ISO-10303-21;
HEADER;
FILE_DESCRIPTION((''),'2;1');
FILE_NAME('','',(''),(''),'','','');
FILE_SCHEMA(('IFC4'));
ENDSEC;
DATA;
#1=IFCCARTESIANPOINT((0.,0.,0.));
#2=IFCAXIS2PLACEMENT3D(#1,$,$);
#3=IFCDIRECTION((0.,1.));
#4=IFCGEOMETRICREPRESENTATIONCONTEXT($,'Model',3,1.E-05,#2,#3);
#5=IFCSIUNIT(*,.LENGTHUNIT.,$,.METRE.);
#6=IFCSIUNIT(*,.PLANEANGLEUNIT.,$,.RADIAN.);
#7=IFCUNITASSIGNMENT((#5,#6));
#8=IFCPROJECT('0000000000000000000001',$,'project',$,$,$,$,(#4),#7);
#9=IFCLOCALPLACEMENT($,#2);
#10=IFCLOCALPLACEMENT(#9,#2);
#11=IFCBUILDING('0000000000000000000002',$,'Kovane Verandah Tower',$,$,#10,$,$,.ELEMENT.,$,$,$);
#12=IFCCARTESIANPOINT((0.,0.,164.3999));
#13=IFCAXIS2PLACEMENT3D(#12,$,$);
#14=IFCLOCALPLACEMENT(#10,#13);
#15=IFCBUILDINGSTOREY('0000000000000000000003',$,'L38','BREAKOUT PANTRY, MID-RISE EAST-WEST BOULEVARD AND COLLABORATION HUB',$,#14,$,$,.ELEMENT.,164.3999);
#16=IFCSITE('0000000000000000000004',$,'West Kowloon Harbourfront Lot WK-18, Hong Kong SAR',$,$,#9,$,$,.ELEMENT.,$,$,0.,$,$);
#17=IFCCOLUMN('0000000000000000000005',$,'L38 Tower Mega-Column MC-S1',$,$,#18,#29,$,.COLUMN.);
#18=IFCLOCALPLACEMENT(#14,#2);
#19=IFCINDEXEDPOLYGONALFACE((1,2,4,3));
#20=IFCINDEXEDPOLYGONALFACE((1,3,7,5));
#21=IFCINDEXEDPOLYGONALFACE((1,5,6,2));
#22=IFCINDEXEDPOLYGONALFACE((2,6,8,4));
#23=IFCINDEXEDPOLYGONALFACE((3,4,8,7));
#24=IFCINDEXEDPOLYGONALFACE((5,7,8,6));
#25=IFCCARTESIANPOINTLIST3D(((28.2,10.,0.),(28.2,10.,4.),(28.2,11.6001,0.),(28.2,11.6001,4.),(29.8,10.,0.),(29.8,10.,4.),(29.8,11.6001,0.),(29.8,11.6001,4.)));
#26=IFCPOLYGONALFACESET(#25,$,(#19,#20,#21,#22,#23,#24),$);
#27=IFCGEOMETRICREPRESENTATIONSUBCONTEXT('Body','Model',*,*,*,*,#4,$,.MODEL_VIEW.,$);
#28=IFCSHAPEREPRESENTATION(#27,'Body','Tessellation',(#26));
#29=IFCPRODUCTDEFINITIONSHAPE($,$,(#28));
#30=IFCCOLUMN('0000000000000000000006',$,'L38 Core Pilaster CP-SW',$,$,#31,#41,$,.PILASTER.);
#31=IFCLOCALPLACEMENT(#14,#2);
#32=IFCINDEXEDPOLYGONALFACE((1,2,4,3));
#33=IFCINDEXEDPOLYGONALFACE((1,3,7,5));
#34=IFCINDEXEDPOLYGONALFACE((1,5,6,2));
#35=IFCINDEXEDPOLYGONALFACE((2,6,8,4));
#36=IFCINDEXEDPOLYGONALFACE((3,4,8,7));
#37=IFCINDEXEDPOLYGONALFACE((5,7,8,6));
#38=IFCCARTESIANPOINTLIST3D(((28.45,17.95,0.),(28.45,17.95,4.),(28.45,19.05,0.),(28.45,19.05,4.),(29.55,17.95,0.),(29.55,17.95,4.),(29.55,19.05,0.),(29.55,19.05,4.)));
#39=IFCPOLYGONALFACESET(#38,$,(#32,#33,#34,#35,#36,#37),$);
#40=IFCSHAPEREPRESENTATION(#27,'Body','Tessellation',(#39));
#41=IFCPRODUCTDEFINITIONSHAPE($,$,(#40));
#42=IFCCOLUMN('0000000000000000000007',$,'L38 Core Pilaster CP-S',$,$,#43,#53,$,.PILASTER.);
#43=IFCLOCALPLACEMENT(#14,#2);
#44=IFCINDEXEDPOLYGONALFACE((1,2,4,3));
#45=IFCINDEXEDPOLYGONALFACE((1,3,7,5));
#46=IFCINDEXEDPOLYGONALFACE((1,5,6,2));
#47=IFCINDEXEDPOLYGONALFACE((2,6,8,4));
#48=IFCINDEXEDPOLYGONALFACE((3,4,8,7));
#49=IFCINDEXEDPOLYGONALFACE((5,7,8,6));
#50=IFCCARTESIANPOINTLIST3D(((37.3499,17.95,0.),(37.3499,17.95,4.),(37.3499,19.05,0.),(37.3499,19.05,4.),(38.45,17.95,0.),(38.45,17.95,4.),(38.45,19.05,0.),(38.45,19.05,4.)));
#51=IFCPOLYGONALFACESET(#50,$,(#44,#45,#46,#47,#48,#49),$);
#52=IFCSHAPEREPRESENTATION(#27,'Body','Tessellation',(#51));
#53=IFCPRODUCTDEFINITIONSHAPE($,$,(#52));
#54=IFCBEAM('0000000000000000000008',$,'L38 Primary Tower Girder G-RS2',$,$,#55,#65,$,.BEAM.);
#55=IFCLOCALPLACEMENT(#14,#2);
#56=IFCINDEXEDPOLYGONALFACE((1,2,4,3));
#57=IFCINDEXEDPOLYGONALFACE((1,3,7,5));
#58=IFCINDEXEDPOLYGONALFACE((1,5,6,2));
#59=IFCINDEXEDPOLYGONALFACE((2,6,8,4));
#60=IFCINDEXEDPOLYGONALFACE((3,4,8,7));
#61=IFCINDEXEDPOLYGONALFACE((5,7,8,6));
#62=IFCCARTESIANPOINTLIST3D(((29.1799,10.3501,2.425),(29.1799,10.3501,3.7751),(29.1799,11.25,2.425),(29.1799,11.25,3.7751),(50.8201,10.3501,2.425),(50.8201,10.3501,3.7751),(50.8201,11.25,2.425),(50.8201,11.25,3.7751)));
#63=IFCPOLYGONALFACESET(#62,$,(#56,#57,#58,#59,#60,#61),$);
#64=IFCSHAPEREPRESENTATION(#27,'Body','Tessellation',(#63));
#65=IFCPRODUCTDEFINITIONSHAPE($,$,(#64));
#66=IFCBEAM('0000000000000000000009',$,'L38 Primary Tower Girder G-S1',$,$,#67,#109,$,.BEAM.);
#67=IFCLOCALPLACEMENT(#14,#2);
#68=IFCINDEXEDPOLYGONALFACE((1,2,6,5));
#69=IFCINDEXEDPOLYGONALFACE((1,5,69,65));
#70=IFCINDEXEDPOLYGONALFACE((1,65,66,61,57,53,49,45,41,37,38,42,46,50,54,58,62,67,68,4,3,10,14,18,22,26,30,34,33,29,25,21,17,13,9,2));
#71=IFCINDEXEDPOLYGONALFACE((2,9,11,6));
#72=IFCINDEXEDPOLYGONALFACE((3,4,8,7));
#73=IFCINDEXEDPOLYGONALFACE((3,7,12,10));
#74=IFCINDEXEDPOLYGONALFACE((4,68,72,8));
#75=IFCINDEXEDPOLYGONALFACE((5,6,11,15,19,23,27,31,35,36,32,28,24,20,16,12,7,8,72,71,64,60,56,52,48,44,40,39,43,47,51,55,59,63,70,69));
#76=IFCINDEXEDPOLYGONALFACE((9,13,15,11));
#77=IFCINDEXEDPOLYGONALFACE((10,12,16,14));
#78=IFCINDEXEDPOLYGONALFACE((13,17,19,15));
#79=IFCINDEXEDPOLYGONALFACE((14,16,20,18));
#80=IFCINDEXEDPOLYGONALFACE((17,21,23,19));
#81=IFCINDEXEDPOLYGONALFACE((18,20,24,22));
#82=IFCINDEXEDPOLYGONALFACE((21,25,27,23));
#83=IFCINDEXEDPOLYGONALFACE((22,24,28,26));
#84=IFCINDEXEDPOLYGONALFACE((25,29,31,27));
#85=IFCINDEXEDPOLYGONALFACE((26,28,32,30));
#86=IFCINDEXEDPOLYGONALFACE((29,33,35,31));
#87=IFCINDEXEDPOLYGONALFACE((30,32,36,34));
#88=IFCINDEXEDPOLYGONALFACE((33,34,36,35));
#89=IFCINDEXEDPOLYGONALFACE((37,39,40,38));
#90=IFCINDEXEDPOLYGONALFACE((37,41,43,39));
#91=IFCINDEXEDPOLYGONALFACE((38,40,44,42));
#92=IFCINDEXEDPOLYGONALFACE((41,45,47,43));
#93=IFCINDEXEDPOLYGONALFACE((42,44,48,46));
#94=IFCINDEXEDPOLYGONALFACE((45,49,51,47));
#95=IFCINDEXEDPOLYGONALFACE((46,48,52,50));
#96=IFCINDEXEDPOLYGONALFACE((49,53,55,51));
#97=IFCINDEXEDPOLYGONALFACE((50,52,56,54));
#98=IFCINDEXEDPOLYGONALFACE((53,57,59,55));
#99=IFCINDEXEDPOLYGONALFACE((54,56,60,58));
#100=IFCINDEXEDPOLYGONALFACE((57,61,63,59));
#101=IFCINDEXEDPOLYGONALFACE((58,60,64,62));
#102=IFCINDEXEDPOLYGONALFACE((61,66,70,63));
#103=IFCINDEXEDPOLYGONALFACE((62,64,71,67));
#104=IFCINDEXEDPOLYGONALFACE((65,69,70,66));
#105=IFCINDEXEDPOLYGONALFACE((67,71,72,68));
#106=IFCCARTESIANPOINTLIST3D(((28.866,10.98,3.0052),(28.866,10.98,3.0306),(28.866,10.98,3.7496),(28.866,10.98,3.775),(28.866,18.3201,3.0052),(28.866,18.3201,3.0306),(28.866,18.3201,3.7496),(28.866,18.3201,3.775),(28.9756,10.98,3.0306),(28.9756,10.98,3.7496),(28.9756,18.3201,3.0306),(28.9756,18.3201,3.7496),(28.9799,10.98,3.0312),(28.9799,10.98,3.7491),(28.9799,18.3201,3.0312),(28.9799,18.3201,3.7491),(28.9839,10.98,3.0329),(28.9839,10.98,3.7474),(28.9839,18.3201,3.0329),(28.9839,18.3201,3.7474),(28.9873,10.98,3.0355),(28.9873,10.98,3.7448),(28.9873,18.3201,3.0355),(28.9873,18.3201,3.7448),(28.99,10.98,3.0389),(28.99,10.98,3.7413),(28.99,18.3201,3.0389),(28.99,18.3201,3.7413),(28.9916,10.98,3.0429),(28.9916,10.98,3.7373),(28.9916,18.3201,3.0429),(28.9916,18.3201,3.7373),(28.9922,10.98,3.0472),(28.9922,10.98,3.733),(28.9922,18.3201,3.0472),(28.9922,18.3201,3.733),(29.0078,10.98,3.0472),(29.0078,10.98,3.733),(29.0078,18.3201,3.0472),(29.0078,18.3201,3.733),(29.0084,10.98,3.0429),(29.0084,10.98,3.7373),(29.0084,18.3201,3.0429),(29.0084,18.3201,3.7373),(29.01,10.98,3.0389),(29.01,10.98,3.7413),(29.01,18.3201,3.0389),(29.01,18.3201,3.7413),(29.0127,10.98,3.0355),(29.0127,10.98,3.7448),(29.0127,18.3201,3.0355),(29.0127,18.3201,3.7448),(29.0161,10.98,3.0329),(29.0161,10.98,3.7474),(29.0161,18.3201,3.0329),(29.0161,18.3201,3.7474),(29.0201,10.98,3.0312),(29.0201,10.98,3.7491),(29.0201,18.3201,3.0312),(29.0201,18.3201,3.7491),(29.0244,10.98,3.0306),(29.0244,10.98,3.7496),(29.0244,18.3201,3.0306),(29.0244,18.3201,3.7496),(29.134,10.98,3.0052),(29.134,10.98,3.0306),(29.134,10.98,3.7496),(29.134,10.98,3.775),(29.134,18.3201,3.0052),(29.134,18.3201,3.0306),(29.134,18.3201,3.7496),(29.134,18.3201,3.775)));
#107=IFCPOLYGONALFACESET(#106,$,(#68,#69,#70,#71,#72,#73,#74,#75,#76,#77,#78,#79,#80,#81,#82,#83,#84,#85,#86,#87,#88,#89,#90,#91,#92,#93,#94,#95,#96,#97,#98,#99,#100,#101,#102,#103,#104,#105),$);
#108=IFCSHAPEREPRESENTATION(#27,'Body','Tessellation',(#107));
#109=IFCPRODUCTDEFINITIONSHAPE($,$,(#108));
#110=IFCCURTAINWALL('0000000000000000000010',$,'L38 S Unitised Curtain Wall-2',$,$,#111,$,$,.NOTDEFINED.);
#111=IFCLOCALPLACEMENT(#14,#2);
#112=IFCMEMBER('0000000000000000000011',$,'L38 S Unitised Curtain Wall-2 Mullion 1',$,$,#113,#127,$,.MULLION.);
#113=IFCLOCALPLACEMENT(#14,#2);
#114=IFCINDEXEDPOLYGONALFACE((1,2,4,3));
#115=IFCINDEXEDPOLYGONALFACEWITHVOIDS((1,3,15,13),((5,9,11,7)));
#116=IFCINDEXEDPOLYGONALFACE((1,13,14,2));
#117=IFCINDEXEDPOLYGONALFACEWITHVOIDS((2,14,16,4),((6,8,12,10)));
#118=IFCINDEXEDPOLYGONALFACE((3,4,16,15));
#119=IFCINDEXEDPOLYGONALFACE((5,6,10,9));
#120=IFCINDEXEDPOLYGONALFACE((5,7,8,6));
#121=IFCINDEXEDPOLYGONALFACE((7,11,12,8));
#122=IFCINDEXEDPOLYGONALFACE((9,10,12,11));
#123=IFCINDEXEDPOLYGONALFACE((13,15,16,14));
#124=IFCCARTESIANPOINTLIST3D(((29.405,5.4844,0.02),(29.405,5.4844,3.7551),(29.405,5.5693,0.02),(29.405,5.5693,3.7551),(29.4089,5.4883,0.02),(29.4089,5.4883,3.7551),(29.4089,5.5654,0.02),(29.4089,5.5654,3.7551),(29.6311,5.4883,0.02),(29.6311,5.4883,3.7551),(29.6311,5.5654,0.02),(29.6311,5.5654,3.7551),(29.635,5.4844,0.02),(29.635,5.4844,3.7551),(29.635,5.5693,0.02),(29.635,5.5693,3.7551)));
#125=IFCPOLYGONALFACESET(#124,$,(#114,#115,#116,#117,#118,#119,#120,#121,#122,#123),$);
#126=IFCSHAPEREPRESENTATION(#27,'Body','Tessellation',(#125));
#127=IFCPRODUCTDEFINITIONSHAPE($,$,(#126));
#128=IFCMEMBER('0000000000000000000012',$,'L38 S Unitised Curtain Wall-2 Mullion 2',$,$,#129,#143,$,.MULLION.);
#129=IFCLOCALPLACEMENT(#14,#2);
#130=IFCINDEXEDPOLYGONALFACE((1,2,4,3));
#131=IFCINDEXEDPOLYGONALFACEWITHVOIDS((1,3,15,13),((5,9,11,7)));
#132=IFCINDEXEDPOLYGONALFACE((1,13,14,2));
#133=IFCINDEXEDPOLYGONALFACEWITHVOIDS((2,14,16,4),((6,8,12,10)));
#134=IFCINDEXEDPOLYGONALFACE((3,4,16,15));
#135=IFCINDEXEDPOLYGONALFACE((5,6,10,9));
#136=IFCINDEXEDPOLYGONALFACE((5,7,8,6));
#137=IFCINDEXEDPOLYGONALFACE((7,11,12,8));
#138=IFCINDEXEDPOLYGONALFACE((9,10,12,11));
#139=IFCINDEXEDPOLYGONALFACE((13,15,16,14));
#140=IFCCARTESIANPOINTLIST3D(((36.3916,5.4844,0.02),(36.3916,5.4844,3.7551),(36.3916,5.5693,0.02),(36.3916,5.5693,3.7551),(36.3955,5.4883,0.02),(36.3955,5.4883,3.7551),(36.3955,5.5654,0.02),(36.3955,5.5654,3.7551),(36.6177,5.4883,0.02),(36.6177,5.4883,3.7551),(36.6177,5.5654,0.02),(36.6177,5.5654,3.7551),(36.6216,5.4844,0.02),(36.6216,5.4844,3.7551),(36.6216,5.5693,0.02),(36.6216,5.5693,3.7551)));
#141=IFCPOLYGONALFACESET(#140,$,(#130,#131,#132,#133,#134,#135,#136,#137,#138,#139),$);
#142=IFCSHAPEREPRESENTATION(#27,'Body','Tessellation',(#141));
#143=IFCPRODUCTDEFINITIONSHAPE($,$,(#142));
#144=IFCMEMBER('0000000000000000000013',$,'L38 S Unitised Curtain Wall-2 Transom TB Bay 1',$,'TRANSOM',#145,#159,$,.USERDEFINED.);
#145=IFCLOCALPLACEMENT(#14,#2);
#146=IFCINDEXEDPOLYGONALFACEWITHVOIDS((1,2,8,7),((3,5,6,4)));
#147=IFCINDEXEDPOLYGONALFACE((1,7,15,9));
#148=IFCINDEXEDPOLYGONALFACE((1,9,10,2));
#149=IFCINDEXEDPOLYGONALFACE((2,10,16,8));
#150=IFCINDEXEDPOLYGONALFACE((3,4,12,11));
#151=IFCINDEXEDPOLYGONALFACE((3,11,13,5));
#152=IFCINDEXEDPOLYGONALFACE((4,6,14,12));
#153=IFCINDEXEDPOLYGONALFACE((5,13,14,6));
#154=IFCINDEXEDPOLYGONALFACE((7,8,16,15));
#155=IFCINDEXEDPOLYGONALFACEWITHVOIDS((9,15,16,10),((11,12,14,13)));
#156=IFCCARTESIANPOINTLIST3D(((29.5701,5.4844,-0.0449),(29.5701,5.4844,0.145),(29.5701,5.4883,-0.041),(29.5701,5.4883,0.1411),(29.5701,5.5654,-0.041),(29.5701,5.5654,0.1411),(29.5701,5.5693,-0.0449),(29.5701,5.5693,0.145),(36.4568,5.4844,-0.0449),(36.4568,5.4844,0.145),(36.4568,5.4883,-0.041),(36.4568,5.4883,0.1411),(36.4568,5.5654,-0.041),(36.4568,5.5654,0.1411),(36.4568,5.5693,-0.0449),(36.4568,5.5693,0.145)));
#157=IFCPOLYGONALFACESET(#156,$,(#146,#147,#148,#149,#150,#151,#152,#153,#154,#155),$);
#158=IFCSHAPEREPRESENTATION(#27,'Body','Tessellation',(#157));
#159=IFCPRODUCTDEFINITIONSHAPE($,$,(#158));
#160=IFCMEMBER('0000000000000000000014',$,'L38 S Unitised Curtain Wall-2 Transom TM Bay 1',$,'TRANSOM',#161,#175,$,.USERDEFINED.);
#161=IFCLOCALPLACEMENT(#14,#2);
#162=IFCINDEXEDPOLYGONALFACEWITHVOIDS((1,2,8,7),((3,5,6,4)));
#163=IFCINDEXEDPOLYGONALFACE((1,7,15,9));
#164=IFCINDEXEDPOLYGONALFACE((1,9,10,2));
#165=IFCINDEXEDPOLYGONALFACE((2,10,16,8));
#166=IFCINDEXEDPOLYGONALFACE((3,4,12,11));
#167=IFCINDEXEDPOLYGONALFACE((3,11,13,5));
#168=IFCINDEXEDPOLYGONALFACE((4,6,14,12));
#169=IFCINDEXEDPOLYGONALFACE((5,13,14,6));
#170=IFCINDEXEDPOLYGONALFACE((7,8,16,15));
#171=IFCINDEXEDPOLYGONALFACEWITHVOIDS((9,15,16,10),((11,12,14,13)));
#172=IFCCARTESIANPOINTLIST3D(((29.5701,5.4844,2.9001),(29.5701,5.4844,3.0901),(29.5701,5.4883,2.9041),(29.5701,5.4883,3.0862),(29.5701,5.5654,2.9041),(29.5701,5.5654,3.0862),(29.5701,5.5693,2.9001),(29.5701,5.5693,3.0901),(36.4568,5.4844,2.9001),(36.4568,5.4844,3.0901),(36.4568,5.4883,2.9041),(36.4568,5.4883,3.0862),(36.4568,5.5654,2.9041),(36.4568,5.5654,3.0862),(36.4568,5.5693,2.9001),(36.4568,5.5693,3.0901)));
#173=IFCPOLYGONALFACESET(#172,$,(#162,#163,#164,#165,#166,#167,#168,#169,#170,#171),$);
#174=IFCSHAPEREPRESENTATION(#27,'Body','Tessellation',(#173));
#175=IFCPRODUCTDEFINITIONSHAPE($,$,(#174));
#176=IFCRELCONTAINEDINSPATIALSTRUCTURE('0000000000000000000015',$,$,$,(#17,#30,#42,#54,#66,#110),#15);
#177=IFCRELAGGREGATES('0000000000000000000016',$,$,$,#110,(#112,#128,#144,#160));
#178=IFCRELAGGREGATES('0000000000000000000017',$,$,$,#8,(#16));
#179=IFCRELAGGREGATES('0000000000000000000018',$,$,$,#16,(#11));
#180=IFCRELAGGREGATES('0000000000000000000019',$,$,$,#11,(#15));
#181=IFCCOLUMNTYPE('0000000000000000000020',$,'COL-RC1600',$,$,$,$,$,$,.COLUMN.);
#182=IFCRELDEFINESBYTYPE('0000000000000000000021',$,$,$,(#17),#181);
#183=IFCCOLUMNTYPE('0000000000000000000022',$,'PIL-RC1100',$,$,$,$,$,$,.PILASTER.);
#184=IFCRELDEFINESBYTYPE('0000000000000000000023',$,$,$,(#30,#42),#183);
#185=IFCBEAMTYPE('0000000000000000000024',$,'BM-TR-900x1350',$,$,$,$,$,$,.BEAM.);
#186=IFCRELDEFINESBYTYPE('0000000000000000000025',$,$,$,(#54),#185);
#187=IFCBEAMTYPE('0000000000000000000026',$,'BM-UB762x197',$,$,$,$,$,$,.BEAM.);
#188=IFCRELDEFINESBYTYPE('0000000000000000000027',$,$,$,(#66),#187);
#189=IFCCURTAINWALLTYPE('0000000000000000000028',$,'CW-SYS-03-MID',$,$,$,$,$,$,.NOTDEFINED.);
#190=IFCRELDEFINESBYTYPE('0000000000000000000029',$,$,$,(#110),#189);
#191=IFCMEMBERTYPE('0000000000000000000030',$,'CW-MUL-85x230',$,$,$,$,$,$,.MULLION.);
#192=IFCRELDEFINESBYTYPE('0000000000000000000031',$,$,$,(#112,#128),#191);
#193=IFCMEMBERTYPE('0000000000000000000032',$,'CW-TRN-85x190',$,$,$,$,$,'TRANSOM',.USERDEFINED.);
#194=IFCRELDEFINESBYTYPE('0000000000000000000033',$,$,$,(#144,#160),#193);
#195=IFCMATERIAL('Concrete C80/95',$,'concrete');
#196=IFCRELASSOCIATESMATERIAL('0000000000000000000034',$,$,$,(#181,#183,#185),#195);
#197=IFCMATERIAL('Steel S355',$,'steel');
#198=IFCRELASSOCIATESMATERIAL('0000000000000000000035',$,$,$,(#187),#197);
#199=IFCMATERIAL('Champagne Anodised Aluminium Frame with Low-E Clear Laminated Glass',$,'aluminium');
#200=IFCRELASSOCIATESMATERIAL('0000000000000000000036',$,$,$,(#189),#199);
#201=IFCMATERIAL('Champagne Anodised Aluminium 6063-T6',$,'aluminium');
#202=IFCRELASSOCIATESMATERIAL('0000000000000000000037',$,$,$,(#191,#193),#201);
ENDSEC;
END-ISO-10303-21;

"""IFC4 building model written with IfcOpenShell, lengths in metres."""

from ifc_helpers import new_model, si_unit, direction, frame, origin, origin_2d, place, context, subcontext, project, spatial, rectangle, hollow_rectangle, i_section, extrude, material, material_profile, profile_set, type_object, element, aggregate, save


model = new_model("IFC4")

# Units and contexts
model_context = context("Model", 3, precision=1e-05, world=origin(), true_north=direction((0.0, 1.0)))
body_context = subcontext(model_context, "Body", "Model", "MODEL_VIEW")
ifc_project = project(units=[si_unit("LENGTHUNIT", "METRE"), si_unit("PLANEANGLEUNIT", "RADIAN")], contexts=[model_context])

# Site, building, storey
site_placement = place(None, origin())
site = spatial("IfcSite", under=ifc_project, at=site_placement, Name="West Kowloon Harbourfront Lot WK-18, Hong Kong SAR", CompositionType="ELEMENT", RefElevation=0.0)
building_placement = place(site_placement, origin())
building = spatial("IfcBuilding", under=site, at=building_placement, Name="Kovane Verandah Tower", CompositionType="ELEMENT")
storey_placement = place(building_placement, frame((0.0, 0.0, 164.3999)))
storey = spatial("IfcBuildingStorey", under=building, at=storey_placement, Name="L38", Description="BREAKOUT PANTRY, MID-RISE EAST-WEST BOULEVARD AND COLLABORATION HUB", CompositionType="ELEMENT", Elevation=164.3999)

# Columns
ifc_material_1 = material(Name="Concrete C80/95", Category="concrete")
ifc_material_profile_1 = material_profile(ifc_material_1, rectangle(XDim=1.6001, YDim=1.6001, at=origin_2d()), Name="RC1600x1600")
ifc_profile_set_1 = profile_set([ifc_material_profile_1], Name="Concrete C80/95")
column_type_1 = type_object("IfcColumnType", Name="COL-RC1600", PredefinedType="COLUMN", material=ifc_profile_set_1)
column_placement = place(storey_placement, frame((29.0, 10.8, 0.0), z_axis=(0.0, 0.0, 1.0), x_axis=(1.0, 0.0, 0.0)))
element("IfcColumn", 1, at=column_placement, inside=storey, type_object=column_type_1, Name="L38 Tower Mega-Column MC-S1", PredefinedType="COLUMN", context=body_context, shape_type="SweptSolid", body=[
    extrude(rectangle(XDim=1.6001, YDim=1.6001, at=origin_2d()), origin(), (0.0, 0.0, 1.0), 4.0),
])
ifc_material_profile_2 = material_profile(ifc_material_1, rectangle(XDim=1.1001, YDim=1.1001, at=origin_2d()), Name="RC1100x1100")
ifc_profile_set_2 = profile_set([ifc_material_profile_2], Name="Concrete C80/95")
column_type_2 = type_object("IfcColumnType", Name="PIL-RC1100", PredefinedType="PILASTER", material=ifc_profile_set_2)
for number, where, z_axis, x_axis, name in (
    (2, (29.0, 18.5, 0.0), (0.0, 0.0, 1.0), (1.0, 0.0, 0.0), "L38 Core Pilaster CP-SW"),
    (3, (37.8999, 18.5, 0.0), (0.0, 0.0, 1.0), (1.0, 0.0, 0.0), "L38 Core Pilaster CP-S"),
):
    element("IfcColumn", number, at=place(storey_placement, frame(where, z_axis=z_axis, x_axis=x_axis)), inside=storey, type_object=column_type_2, Name=name, PredefinedType="PILASTER", context=body_context, shape_type="SweptSolid", body=[
        extrude(rectangle(XDim=1.1001, YDim=1.1001, at=origin_2d()), origin(), (0.0, 0.0, 1.0), 4.0),
    ])

# Beams
ifc_material_profile_3 = material_profile(ifc_material_1, rectangle(XDim=0.8999, YDim=1.3501, at=origin_2d()), Name="RCB900x1350")
ifc_profile_set_3 = profile_set([ifc_material_profile_3], Name="Concrete C80/95")
beam_type_1 = type_object("IfcBeamType", Name="BM-TR-900x1350", PredefinedType="BEAM", material=ifc_profile_set_3)
beam_1_placement = place(storey_placement, frame((29.1799, 10.8, 3.1001), z_axis=(1.0, 0.0, 0.0), x_axis=(0.0, 1.0, 0.0)))
element("IfcBeam", 4, at=beam_1_placement, inside=storey, type_object=beam_type_1, Name="L38 Primary Tower Girder G-RS2", PredefinedType="BEAM", context=body_context, shape_type="SweptSolid", body=[
    extrude(rectangle(XDim=0.8999, YDim=1.3501, at=origin_2d()), origin(), (0.0, 0.0, 1.0), 21.6401),
])
ifc_material_2 = material(Name="Steel S355", Category="steel")
ifc_material_profile_4 = material_profile(ifc_material_2, i_section(OverallWidth=0.2681, OverallDepth=0.7698, WebThickness=0.0156, FlangeThickness=0.0254, FilletRadius=0.0166, at=origin_2d()), Name="UB762x267x197")
ifc_profile_set_4 = profile_set([ifc_material_profile_4], Name="Steel S355")
beam_type_2 = type_object("IfcBeamType", Name="BM-UB762x197", PredefinedType="BEAM", material=ifc_profile_set_4)
beam_2_placement = place(storey_placement, frame((29.0, 18.3201, 3.3901), z_axis=(0.0, -1.0, 0.0), x_axis=(1.0, 0.0, 0.0)))
element("IfcBeam", 5, at=beam_2_placement, inside=storey, type_object=beam_type_2, Name="L38 Primary Tower Girder G-S1", PredefinedType="BEAM", context=body_context, shape_type="SweptSolid", body=[
    extrude(i_section(OverallWidth=0.2681, OverallDepth=0.7698, WebThickness=0.0156, FlangeThickness=0.0254, FilletRadius=0.0166, at=origin_2d()), origin(), (0.0, 0.0, 1.0), 7.3401),
])

# Curtain wall, members
ifc_material_3 = material(Name="Champagne Anodised Aluminium Frame with Low-E Clear Laminated Glass", Category="aluminium")
curtain_wall_type = type_object("IfcCurtainWallType", Name="CW-SYS-03-MID", PredefinedType="NOTDEFINED", material=ifc_material_3)
curtain_wall_placement = place(storey_placement, origin())
curtain_wall = element("IfcCurtainWall", 6, at=curtain_wall_placement, inside=storey, type_object=curtain_wall_type, Name="L38 S Unitised Curtain Wall-2", PredefinedType="NOTDEFINED")
ifc_material_4 = material(Name="Champagne Anodised Aluminium 6063-T6", Category="aluminium")
ifc_material_profile_5 = material_profile(ifc_material_4, hollow_rectangle(XDim=0.085, YDim=0.23, WallThickness=0.0039, at=origin_2d()), Name="AL85x230x4")
ifc_profile_set_5 = profile_set([ifc_material_profile_5], Name="Champagne Anodised Aluminium 6063-T6")
member_type_1 = type_object("IfcMemberType", Name="CW-MUL-85x230", PredefinedType="MULLION", material=ifc_profile_set_5)
member_1_placement = place(storey_placement, frame((29.52, 5.5269, 0.02), z_axis=(0.0, 0.0, 1.0), x_axis=(0.0, -1.0, 0.0)))
member_1 = element("IfcMember", 7, at=member_1_placement, type_object=member_type_1, Name="L38 S Unitised Curtain Wall-2 Mullion 1", PredefinedType="MULLION", context=body_context, shape_type="SweptSolid", body=[
    extrude(hollow_rectangle(XDim=0.085, YDim=0.23, WallThickness=0.0039, at=origin_2d()), origin(), (0.0, 0.0, 1.0), 3.7351),
])
member_2_placement = place(storey_placement, frame((36.5066, 5.5269, 0.02), z_axis=(0.0, 0.0, 1.0), x_axis=(0.0, -1.0, 0.0)))
member_2 = element("IfcMember", 8, at=member_2_placement, type_object=member_type_1, Name="L38 S Unitised Curtain Wall-2 Mullion 2", PredefinedType="MULLION", context=body_context, shape_type="SweptSolid", body=[
    extrude(hollow_rectangle(XDim=0.085, YDim=0.23, WallThickness=0.0039, at=origin_2d()), origin(), (0.0, 0.0, 1.0), 3.7351),
])
ifc_material_profile_6 = material_profile(ifc_material_4, hollow_rectangle(XDim=0.085, YDim=0.1899, WallThickness=0.0039, at=origin_2d()), Name="AL85x190x4")
ifc_profile_set_6 = profile_set([ifc_material_profile_6], Name="Champagne Anodised Aluminium 6063-T6")
member_type_2 = type_object("IfcMemberType", Name="CW-TRN-85x190", ElementType="TRANSOM", PredefinedType="USERDEFINED", material=ifc_profile_set_6)
member_3_placement = place(storey_placement, frame((29.5701, 5.5269, 0.05), z_axis=(1.0, 0.0, 0.0), x_axis=(0.0, 1.0, 0.0)))
member_3 = element("IfcMember", 9, at=member_3_placement, type_object=member_type_2, Name="L38 S Unitised Curtain Wall-2 Transom TB Bay 1", ObjectType="TRANSOM", PredefinedType="USERDEFINED", context=body_context, shape_type="SweptSolid", body=[
    extrude(hollow_rectangle(XDim=0.085, YDim=0.1899, WallThickness=0.0039, at=origin_2d()), origin(), (0.0, 0.0, 1.0), 6.8867),
])
member_4_placement = place(storey_placement, frame((29.5701, 5.5269, 2.9951), z_axis=(1.0, 0.0, 0.0), x_axis=(0.0, 1.0, 0.0)))
member_4 = element("IfcMember", 10, at=member_4_placement, type_object=member_type_2, Name="L38 S Unitised Curtain Wall-2 Transom TM Bay 1", ObjectType="TRANSOM", PredefinedType="USERDEFINED", context=body_context, shape_type="SweptSolid", body=[
    extrude(hollow_rectangle(XDim=0.085, YDim=0.1899, WallThickness=0.0039, at=origin_2d()), origin(), (0.0, 0.0, 1.0), 6.8867),
])

aggregate(curtain_wall, [member_1, member_2, member_3, member_4])

save(model, "model.ifc")
